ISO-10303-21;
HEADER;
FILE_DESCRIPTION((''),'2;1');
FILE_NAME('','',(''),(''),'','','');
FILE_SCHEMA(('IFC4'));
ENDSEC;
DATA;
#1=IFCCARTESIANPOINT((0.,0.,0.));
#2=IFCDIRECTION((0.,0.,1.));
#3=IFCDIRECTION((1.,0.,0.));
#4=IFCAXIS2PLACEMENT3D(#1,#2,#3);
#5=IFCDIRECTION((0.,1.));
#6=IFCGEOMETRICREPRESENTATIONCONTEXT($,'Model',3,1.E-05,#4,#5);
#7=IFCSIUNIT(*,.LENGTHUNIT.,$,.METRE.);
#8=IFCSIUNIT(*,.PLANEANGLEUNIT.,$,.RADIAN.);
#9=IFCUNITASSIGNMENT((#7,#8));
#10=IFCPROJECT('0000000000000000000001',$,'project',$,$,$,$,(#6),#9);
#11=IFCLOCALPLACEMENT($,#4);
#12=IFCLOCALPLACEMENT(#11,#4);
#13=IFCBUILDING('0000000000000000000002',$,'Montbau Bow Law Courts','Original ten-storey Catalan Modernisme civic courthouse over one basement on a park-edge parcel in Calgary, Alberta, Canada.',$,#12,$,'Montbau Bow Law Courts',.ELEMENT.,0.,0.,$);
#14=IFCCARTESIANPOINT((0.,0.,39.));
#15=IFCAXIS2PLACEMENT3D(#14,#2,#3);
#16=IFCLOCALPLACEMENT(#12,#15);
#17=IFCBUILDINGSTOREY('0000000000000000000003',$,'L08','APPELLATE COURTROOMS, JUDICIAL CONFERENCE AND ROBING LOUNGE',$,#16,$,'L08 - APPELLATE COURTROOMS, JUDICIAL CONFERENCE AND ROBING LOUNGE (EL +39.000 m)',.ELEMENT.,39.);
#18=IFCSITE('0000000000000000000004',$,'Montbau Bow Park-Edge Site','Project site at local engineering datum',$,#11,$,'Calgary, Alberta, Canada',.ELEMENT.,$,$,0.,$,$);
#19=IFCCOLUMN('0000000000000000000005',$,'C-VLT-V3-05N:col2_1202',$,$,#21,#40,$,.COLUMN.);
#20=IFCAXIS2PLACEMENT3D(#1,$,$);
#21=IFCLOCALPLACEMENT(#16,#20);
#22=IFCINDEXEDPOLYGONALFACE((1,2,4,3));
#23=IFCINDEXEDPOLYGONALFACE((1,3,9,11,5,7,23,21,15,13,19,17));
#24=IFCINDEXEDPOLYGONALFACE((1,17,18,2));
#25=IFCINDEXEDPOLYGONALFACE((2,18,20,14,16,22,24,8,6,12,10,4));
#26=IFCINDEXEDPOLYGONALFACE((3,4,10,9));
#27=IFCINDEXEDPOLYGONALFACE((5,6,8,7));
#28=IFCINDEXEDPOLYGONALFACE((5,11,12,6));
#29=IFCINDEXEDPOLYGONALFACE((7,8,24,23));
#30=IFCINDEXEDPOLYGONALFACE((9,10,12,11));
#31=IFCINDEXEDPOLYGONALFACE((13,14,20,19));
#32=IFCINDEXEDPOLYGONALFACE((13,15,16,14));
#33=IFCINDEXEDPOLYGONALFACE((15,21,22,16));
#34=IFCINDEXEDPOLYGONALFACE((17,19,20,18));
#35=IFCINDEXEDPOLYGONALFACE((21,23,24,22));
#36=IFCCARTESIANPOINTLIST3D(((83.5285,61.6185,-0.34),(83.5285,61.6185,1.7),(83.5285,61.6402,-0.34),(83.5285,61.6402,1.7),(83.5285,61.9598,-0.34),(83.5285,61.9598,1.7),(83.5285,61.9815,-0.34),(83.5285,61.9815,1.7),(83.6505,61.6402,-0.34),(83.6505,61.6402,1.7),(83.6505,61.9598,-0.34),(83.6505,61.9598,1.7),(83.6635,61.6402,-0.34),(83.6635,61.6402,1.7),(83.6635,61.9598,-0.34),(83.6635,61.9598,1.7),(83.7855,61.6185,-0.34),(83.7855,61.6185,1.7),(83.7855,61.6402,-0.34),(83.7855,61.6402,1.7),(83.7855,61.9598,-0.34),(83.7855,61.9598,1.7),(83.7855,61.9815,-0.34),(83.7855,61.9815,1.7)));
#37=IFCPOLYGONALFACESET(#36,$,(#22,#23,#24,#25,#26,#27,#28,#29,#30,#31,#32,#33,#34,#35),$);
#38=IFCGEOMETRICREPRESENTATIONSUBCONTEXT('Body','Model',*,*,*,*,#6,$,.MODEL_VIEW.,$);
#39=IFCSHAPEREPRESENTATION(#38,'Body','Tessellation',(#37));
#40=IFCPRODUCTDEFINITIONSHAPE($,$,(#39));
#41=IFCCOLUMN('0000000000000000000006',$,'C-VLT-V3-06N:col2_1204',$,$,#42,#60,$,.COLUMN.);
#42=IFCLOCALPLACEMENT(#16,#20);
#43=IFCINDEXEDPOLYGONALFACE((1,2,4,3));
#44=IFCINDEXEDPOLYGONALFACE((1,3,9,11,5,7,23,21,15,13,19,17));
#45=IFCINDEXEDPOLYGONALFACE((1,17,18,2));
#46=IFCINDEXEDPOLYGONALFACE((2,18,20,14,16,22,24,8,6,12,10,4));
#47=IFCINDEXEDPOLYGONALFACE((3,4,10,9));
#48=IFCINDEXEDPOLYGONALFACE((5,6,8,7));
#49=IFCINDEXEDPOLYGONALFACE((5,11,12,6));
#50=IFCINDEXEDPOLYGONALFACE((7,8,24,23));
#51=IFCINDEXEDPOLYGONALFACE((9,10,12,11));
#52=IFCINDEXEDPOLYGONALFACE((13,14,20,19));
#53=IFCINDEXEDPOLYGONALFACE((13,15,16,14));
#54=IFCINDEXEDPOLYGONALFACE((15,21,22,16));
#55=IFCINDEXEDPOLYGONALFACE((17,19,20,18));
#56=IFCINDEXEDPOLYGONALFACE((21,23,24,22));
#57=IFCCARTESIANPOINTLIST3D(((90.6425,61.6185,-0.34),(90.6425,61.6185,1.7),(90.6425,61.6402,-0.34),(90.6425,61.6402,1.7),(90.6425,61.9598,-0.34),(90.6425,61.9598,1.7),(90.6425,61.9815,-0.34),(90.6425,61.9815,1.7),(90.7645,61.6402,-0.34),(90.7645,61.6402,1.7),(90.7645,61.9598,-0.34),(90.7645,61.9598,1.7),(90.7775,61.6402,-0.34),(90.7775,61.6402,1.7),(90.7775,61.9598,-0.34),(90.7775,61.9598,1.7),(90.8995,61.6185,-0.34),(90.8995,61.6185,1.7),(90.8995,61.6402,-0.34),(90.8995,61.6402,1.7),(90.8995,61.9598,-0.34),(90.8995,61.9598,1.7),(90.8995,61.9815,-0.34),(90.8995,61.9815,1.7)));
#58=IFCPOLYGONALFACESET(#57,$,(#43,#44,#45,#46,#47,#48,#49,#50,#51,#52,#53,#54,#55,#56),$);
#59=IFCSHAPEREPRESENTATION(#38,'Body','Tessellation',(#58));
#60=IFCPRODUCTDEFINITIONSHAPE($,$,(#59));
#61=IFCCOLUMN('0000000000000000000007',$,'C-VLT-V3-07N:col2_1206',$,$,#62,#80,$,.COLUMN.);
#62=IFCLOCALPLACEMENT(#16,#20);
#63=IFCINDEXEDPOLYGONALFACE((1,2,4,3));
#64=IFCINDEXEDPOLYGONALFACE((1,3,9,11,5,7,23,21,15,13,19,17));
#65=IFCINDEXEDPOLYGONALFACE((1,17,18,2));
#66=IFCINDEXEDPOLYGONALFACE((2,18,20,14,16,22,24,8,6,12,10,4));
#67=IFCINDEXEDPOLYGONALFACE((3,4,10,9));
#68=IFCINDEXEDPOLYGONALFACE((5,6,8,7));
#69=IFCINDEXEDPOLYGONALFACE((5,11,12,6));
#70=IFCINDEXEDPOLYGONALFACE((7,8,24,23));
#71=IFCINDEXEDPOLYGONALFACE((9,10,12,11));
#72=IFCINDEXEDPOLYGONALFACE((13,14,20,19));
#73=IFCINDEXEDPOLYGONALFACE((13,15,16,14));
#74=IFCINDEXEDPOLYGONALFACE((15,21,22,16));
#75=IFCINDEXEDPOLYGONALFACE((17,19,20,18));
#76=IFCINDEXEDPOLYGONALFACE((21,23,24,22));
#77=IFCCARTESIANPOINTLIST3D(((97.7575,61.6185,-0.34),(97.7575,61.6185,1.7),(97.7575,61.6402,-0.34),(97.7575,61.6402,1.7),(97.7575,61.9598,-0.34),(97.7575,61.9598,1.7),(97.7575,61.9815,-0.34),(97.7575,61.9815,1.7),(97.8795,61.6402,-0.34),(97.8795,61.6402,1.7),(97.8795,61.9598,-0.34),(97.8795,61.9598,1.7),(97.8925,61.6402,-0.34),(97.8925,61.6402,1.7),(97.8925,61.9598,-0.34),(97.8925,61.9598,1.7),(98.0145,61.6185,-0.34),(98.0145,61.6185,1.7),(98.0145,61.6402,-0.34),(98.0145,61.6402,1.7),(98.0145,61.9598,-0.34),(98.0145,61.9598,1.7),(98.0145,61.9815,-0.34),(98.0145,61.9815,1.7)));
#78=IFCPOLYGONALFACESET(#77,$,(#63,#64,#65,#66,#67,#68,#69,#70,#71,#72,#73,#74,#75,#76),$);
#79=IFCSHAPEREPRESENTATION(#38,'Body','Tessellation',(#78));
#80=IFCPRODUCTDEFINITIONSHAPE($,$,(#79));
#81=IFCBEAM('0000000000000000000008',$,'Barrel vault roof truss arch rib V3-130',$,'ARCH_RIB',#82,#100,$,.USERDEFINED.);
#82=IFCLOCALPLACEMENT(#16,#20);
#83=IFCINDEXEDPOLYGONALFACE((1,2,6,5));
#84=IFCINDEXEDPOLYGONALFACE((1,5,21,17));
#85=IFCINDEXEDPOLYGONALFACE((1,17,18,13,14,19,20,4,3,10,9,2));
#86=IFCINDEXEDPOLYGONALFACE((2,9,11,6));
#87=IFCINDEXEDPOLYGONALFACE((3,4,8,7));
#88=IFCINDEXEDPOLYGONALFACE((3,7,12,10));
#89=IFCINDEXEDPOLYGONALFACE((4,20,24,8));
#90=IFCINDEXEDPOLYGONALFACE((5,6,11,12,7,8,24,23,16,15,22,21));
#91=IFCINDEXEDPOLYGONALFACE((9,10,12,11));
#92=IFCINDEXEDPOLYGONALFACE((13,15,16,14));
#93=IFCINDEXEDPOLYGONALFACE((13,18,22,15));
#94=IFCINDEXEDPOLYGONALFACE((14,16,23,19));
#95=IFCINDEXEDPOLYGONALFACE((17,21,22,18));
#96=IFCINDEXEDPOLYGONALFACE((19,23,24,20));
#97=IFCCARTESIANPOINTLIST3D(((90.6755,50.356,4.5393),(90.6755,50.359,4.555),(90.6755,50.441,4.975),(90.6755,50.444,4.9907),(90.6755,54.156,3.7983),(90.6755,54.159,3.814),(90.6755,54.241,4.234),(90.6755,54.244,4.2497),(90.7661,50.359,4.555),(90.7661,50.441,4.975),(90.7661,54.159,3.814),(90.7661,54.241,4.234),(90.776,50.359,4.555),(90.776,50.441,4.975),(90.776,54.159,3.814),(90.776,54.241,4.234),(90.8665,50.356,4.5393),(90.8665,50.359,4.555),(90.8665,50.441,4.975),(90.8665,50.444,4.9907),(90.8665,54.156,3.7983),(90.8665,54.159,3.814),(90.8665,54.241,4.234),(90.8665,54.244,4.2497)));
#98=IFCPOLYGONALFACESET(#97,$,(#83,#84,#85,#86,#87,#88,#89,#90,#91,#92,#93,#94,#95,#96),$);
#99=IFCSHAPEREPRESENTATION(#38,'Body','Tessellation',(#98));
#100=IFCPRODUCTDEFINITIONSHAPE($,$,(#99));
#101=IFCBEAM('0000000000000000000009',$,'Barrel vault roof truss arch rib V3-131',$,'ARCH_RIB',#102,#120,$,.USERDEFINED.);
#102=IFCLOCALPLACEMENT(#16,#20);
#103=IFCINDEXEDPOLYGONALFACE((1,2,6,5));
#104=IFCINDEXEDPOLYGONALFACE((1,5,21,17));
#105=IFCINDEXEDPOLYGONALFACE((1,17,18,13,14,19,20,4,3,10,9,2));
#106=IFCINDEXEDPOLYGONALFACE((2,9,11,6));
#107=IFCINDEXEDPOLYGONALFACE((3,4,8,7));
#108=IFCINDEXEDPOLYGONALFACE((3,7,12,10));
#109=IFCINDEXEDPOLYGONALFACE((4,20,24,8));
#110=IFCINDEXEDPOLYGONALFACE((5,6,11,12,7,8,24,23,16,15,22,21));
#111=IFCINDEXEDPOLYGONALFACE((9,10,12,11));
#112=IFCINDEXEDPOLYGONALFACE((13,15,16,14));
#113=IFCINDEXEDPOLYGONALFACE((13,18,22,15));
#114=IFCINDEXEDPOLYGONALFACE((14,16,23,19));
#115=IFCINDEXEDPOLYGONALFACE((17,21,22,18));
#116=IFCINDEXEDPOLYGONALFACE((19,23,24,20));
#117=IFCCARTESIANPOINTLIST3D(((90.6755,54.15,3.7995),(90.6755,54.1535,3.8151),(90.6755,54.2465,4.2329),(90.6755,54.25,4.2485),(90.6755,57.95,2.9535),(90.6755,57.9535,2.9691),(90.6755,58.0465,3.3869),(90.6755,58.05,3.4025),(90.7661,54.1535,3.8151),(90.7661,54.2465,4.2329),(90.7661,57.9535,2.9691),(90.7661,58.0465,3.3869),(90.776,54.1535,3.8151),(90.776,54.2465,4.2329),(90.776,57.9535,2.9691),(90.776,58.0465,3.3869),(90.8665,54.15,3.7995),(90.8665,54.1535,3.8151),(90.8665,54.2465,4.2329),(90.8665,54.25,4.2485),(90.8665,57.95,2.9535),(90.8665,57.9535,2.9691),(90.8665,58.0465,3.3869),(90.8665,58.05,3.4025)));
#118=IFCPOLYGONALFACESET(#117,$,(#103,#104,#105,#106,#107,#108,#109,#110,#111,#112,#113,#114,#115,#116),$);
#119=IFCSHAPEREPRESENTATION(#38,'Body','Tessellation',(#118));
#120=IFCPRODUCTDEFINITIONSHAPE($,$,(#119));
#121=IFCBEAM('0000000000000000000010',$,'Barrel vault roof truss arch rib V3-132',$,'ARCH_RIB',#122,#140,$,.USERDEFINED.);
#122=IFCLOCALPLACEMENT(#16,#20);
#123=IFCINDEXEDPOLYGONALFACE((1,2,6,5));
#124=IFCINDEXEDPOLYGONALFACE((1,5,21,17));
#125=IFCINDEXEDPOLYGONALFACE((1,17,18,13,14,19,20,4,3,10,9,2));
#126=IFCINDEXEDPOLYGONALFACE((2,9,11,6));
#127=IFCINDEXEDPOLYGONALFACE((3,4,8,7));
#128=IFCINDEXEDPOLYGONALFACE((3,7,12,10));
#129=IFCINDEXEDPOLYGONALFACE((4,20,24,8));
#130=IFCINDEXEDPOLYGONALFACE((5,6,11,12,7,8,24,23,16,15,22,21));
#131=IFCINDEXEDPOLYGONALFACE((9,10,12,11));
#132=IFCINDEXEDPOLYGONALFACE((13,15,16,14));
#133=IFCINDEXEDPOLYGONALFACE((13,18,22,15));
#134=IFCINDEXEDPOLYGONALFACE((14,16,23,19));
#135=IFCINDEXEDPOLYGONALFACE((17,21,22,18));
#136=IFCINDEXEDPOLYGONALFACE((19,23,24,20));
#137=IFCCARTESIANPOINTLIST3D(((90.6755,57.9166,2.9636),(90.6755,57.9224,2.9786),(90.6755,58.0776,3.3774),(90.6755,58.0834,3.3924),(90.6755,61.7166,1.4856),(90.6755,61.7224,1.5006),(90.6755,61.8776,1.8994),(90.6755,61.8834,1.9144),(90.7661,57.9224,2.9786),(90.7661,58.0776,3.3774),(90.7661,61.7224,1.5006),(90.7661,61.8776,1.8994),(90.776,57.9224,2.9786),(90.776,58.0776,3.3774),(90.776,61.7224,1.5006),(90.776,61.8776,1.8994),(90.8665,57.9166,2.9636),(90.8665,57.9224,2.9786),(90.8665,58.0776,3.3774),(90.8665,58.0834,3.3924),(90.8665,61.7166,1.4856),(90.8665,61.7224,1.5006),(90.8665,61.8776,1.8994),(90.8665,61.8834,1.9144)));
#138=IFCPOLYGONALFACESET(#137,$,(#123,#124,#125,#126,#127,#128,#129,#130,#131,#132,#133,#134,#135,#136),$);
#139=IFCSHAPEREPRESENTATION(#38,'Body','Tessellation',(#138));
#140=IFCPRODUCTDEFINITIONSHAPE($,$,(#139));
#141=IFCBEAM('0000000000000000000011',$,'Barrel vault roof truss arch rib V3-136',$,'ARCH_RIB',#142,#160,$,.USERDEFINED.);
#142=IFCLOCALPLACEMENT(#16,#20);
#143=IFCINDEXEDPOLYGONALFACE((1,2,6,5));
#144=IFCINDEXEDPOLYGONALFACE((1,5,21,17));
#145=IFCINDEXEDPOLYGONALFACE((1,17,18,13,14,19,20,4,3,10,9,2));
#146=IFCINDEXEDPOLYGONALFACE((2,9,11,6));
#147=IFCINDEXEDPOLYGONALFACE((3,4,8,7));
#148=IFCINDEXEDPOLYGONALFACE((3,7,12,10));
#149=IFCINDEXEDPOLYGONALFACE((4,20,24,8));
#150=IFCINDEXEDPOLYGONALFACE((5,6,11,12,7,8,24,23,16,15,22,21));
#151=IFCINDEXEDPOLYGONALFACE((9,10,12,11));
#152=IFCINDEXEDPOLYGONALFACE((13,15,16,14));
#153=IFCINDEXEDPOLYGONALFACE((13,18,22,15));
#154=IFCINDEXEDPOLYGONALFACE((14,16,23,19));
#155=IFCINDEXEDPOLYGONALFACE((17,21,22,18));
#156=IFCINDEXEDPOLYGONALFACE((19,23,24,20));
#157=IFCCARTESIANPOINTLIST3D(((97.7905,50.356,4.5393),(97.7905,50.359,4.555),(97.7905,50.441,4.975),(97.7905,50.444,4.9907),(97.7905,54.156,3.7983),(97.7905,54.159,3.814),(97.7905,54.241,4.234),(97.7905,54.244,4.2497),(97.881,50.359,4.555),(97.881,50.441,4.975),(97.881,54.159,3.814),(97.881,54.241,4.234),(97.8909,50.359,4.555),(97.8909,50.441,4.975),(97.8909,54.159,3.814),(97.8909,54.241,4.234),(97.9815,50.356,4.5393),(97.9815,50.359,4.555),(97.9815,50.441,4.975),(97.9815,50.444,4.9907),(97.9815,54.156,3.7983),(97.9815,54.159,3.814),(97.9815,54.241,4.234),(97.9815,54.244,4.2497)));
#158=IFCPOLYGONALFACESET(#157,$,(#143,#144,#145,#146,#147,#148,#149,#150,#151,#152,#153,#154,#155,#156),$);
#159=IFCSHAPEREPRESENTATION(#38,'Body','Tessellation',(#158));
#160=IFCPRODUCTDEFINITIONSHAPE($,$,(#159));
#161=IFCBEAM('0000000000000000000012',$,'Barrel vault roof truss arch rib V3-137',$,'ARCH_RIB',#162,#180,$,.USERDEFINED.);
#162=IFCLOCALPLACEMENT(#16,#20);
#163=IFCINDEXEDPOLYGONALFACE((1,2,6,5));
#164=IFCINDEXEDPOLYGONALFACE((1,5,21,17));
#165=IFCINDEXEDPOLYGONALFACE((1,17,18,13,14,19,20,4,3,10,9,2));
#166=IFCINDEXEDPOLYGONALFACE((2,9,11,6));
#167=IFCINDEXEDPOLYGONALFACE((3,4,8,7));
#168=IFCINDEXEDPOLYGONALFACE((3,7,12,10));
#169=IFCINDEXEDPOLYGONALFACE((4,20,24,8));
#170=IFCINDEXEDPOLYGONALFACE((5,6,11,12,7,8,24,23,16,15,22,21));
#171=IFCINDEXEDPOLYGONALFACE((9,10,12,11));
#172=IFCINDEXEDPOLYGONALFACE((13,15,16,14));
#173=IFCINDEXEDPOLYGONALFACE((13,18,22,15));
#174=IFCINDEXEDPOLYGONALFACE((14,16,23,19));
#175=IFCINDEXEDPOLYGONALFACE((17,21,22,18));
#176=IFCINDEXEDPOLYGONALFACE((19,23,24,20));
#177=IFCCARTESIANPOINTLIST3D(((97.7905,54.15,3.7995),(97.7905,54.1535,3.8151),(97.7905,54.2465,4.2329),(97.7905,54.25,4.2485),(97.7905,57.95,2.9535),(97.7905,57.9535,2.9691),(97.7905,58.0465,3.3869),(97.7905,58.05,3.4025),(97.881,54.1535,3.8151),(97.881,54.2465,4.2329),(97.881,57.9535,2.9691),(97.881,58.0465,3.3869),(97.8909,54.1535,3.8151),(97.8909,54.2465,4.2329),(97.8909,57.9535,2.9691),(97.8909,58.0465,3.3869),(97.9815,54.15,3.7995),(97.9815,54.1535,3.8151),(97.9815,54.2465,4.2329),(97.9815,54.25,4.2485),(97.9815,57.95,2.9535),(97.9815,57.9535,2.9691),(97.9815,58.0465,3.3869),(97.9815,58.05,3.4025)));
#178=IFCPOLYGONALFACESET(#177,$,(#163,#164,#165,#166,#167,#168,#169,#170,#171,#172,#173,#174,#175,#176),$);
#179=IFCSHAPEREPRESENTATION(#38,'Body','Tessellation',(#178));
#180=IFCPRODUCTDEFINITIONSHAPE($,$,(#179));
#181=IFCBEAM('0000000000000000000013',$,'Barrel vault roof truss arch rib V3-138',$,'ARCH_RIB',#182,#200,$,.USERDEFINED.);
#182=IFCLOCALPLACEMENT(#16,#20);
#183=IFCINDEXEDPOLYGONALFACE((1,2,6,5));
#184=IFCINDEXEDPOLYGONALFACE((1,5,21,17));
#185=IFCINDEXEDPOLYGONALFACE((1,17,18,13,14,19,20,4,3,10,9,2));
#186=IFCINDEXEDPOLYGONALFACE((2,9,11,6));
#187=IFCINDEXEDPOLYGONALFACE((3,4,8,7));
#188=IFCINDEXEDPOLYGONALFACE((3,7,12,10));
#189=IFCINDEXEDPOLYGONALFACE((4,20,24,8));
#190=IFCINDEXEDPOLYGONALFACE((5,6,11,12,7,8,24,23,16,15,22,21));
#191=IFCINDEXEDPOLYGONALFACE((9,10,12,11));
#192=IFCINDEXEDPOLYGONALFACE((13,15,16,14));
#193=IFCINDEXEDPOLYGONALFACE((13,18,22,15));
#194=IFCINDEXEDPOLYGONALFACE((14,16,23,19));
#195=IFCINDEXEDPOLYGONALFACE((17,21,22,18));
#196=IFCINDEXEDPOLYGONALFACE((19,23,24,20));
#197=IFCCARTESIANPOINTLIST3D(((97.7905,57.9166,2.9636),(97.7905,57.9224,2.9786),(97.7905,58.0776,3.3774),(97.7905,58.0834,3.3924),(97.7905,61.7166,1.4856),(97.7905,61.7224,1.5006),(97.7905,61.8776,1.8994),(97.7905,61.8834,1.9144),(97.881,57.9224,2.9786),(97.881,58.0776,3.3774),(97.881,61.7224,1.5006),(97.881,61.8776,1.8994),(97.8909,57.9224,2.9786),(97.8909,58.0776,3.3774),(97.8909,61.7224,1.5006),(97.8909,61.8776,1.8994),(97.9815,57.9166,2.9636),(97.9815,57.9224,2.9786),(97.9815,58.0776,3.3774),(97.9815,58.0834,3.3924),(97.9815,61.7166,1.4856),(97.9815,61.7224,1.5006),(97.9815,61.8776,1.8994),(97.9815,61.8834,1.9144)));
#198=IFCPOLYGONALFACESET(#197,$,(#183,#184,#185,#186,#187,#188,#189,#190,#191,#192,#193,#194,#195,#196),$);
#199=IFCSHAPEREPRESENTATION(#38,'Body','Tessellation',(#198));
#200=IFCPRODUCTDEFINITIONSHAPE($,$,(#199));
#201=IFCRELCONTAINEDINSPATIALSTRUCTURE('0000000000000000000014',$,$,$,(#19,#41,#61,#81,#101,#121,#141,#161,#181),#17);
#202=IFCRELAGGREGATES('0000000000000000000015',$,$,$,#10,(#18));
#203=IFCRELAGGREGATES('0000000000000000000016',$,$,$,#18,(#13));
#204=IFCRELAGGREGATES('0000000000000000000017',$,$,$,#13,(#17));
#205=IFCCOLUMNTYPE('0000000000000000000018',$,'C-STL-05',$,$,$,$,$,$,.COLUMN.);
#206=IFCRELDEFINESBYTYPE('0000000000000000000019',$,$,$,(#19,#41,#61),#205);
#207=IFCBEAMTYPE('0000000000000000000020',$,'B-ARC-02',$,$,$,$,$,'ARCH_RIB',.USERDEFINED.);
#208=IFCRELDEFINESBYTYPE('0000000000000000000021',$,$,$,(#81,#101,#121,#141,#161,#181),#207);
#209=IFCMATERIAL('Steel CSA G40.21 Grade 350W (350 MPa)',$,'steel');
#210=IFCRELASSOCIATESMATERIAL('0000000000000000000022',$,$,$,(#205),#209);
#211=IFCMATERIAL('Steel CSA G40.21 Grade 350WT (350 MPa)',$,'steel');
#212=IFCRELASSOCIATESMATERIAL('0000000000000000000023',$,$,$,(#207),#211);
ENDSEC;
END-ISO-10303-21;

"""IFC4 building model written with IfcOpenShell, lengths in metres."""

from ifc_helpers import new_model, si_unit, direction, frame, origin_with_axes, origin_2d_with_axis, place, context, subcontext, project, spatial, i_section, extrude, material, material_profile, profile_set, type_object, element, save


model = new_model("IFC4")

# Units and contexts
model_context = context("Model", 3, precision=1e-05, world=origin_with_axes(), true_north=direction((0.0, 1.0)))
body_context = subcontext(model_context, "Body", "Model", "MODEL_VIEW")
ifc_project = project(units=[si_unit("LENGTHUNIT", "METRE"), si_unit("PLANEANGLEUNIT", "RADIAN")], contexts=[model_context])

# Site, building, storey
site_placement = place(None, origin_with_axes())
site = spatial("IfcSite", under=ifc_project, at=site_placement, Name="Montbau Bow Park-Edge Site", Description="Project site at local engineering datum", LongName="Calgary, Alberta, Canada", CompositionType="ELEMENT", RefElevation=0.0)
building_placement = place(site_placement, origin_with_axes())
building = spatial("IfcBuilding", under=site, at=building_placement, Name="Montbau Bow Law Courts", Description="Original ten-storey Catalan Modernisme civic courthouse over one basement on a park-edge parcel in Calgary, Alberta, Canada.", LongName="Montbau Bow Law Courts", CompositionType="ELEMENT", ElevationOfRefHeight=0.0, ElevationOfTerrain=0.0)
storey_placement = place(building_placement, frame((0.0, 0.0, 39.0), z_axis=(0.0, 0.0, 1.0), x_axis=(1.0, 0.0, 0.0)))
storey = spatial("IfcBuildingStorey", under=building, at=storey_placement, Name="L08", Description="APPELLATE COURTROOMS, JUDICIAL CONFERENCE AND ROBING LOUNGE", LongName="L08 - APPELLATE COURTROOMS, JUDICIAL CONFERENCE AND ROBING LOUNGE (EL +39.000 m)", CompositionType="ELEMENT", Elevation=39.0)

# Columns
ifc_material_1 = material(Name="Steel CSA G40.21 Grade 350W (350 MPa)", Category="steel")
ifc_material_profile_1 = material_profile(ifc_material_1, i_section(OverallWidth=0.257, OverallDepth=0.363, WebThickness=0.013, FlangeThickness=0.0217, at=origin_2d_with_axis()), Name="W360X122", Category="Main", Priority=0)
ifc_profile_set_1 = profile_set([ifc_material_profile_1], Name="Steel CSA G40.21 Grade 350W (350 MPa)")
column_type = type_object("IfcColumnType", Name="C-STL-05", PredefinedType="COLUMN", material=ifc_profile_set_1)
for number, where, z_axis, x_axis, name in (
    (1, (83.657, 61.8, 38.66), (0.0, 0.0, 1.0), (1.0, 0.0, 0.0), "C-VLT-V3-05N:col2_1202"),
    (2, (90.771, 61.8, 38.66), (0.0, 0.0, 1.0), (1.0, 0.0, 0.0), "C-VLT-V3-06N:col2_1204"),
    (3, (97.886, 61.8, 38.66), (0.0, 0.0, 1.0), (1.0, 0.0, 0.0), "C-VLT-V3-07N:col2_1206"),
):
    element("IfcColumn", number, at=place(None, frame(where, z_axis=z_axis, x_axis=x_axis)), inside=storey, type_object=column_type, Name=name, PredefinedType="COLUMN", context=body_context, shape_type="SweptSolid", body=[
        extrude(i_section(OverallWidth=0.257, OverallDepth=0.363, WebThickness=0.013, FlangeThickness=0.0217, at=origin_2d_with_axis()), origin_with_axes(), (0.0, 0.0, 1.0), 2.04),
    ])

# Beams
ifc_material_2 = material(Name="Steel CSA G40.21 Grade 350WT (350 MPa)", Category="steel")
ifc_material_profile_2 = material_profile(ifc_material_2, i_section(OverallWidth=0.191, OverallDepth=0.46, WebThickness=0.0099, FlangeThickness=0.016, at=origin_2d_with_axis()), Name="W460X82", Category="Main", Priority=0)
ifc_profile_set_2 = profile_set([ifc_material_profile_2], Name="Steel CSA G40.21 Grade 350WT (350 MPa)")
beam_type_1 = type_object("IfcBeamType", Name="B-ARC-02", ElementType="ARCH_RIB", PredefinedType="USERDEFINED", material=ifc_profile_set_2)
beam_1_placement = place(None, frame((90.771, 50.4, 43.765), z_axis=(0.0, 0.981513, -0.191395), x_axis=(-1.0, 0.0, 0.0)))
element("IfcBeam", 4, at=beam_1_placement, inside=storey, type_object=beam_type_1, Name="Barrel vault roof truss arch rib V3-130", ObjectType="ARCH_RIB", PredefinedType="USERDEFINED", context=body_context, shape_type="SweptSolid", body=[
    extrude(i_section(OverallWidth=0.191, OverallDepth=0.46, WebThickness=0.0099, FlangeThickness=0.016, at=origin_2d_with_axis()), origin_with_axes(), (0.0, 0.0, 1.0), 3.8716),
])
beam_2_placement = place(None, frame((90.771, 54.2, 43.024), z_axis=(0.0, 0.976102, -0.217311), x_axis=(-1.0, 0.0, 0.0)))
element("IfcBeam", 5, at=beam_2_placement, inside=storey, type_object=beam_type_1, Name="Barrel vault roof truss arch rib V3-131", ObjectType="ARCH_RIB", PredefinedType="USERDEFINED", context=body_context, shape_type="SweptSolid", body=[
    extrude(i_section(OverallWidth=0.191, OverallDepth=0.46, WebThickness=0.0099, FlangeThickness=0.016, at=origin_2d_with_axis()), origin_with_axes(), (0.0, 0.0, 1.0), 3.893),
])
beam_3_placement = place(None, frame((90.771, 58.0, 42.178), z_axis=(0.0, 0.931986, -0.362494), x_axis=(-1.0, 0.0, 0.0)))
element("IfcBeam", 6, at=beam_3_placement, inside=storey, type_object=beam_type_1, Name="Barrel vault roof truss arch rib V3-132", ObjectType="ARCH_RIB", PredefinedType="USERDEFINED", context=body_context, shape_type="SweptSolid", body=[
    extrude(i_section(OverallWidth=0.191, OverallDepth=0.46, WebThickness=0.0099, FlangeThickness=0.016, at=origin_2d_with_axis()), origin_with_axes(), (0.0, 0.0, 1.0), 4.0773),
])
beam_4_placement = place(None, frame((97.886, 50.4, 43.765), z_axis=(0.0, 0.981513, -0.191395), x_axis=(-1.0, 0.0, 0.0)))
element("IfcBeam", 7, at=beam_4_placement, inside=storey, type_object=beam_type_1, Name="Barrel vault roof truss arch rib V3-136", ObjectType="ARCH_RIB", PredefinedType="USERDEFINED", context=body_context, shape_type="SweptSolid", body=[
    extrude(i_section(OverallWidth=0.191, OverallDepth=0.46, WebThickness=0.0099, FlangeThickness=0.016, at=origin_2d_with_axis()), origin_with_axes(), (0.0, 0.0, 1.0), 3.8716),
])
beam_5_placement = place(None, frame((97.886, 54.2, 43.024), z_axis=(0.0, 0.976102, -0.217311), x_axis=(-1.0, 0.0, 0.0)))
element("IfcBeam", 8, at=beam_5_placement, inside=storey, type_object=beam_type_1, Name="Barrel vault roof truss arch rib V3-137", ObjectType="ARCH_RIB", PredefinedType="USERDEFINED", context=body_context, shape_type="SweptSolid", body=[
    extrude(i_section(OverallWidth=0.191, OverallDepth=0.46, WebThickness=0.0099, FlangeThickness=0.016, at=origin_2d_with_axis()), origin_with_axes(), (0.0, 0.0, 1.0), 3.893),
])
beam_6_placement = place(None, frame((97.886, 58.0, 42.178), z_axis=(0.0, 0.931986, -0.362494), x_axis=(-1.0, 0.0, 0.0)))
element("IfcBeam", 9, at=beam_6_placement, inside=storey, type_object=beam_type_1, Name="Barrel vault roof truss arch rib V3-138", ObjectType="ARCH_RIB", PredefinedType="USERDEFINED", context=body_context, shape_type="SweptSolid", body=[
    extrude(i_section(OverallWidth=0.191, OverallDepth=0.46, WebThickness=0.0099, FlangeThickness=0.016, at=origin_2d_with_axis()), origin_with_axes(), (0.0, 0.0, 1.0), 4.0773),
])

save(model, "model.ifc")
